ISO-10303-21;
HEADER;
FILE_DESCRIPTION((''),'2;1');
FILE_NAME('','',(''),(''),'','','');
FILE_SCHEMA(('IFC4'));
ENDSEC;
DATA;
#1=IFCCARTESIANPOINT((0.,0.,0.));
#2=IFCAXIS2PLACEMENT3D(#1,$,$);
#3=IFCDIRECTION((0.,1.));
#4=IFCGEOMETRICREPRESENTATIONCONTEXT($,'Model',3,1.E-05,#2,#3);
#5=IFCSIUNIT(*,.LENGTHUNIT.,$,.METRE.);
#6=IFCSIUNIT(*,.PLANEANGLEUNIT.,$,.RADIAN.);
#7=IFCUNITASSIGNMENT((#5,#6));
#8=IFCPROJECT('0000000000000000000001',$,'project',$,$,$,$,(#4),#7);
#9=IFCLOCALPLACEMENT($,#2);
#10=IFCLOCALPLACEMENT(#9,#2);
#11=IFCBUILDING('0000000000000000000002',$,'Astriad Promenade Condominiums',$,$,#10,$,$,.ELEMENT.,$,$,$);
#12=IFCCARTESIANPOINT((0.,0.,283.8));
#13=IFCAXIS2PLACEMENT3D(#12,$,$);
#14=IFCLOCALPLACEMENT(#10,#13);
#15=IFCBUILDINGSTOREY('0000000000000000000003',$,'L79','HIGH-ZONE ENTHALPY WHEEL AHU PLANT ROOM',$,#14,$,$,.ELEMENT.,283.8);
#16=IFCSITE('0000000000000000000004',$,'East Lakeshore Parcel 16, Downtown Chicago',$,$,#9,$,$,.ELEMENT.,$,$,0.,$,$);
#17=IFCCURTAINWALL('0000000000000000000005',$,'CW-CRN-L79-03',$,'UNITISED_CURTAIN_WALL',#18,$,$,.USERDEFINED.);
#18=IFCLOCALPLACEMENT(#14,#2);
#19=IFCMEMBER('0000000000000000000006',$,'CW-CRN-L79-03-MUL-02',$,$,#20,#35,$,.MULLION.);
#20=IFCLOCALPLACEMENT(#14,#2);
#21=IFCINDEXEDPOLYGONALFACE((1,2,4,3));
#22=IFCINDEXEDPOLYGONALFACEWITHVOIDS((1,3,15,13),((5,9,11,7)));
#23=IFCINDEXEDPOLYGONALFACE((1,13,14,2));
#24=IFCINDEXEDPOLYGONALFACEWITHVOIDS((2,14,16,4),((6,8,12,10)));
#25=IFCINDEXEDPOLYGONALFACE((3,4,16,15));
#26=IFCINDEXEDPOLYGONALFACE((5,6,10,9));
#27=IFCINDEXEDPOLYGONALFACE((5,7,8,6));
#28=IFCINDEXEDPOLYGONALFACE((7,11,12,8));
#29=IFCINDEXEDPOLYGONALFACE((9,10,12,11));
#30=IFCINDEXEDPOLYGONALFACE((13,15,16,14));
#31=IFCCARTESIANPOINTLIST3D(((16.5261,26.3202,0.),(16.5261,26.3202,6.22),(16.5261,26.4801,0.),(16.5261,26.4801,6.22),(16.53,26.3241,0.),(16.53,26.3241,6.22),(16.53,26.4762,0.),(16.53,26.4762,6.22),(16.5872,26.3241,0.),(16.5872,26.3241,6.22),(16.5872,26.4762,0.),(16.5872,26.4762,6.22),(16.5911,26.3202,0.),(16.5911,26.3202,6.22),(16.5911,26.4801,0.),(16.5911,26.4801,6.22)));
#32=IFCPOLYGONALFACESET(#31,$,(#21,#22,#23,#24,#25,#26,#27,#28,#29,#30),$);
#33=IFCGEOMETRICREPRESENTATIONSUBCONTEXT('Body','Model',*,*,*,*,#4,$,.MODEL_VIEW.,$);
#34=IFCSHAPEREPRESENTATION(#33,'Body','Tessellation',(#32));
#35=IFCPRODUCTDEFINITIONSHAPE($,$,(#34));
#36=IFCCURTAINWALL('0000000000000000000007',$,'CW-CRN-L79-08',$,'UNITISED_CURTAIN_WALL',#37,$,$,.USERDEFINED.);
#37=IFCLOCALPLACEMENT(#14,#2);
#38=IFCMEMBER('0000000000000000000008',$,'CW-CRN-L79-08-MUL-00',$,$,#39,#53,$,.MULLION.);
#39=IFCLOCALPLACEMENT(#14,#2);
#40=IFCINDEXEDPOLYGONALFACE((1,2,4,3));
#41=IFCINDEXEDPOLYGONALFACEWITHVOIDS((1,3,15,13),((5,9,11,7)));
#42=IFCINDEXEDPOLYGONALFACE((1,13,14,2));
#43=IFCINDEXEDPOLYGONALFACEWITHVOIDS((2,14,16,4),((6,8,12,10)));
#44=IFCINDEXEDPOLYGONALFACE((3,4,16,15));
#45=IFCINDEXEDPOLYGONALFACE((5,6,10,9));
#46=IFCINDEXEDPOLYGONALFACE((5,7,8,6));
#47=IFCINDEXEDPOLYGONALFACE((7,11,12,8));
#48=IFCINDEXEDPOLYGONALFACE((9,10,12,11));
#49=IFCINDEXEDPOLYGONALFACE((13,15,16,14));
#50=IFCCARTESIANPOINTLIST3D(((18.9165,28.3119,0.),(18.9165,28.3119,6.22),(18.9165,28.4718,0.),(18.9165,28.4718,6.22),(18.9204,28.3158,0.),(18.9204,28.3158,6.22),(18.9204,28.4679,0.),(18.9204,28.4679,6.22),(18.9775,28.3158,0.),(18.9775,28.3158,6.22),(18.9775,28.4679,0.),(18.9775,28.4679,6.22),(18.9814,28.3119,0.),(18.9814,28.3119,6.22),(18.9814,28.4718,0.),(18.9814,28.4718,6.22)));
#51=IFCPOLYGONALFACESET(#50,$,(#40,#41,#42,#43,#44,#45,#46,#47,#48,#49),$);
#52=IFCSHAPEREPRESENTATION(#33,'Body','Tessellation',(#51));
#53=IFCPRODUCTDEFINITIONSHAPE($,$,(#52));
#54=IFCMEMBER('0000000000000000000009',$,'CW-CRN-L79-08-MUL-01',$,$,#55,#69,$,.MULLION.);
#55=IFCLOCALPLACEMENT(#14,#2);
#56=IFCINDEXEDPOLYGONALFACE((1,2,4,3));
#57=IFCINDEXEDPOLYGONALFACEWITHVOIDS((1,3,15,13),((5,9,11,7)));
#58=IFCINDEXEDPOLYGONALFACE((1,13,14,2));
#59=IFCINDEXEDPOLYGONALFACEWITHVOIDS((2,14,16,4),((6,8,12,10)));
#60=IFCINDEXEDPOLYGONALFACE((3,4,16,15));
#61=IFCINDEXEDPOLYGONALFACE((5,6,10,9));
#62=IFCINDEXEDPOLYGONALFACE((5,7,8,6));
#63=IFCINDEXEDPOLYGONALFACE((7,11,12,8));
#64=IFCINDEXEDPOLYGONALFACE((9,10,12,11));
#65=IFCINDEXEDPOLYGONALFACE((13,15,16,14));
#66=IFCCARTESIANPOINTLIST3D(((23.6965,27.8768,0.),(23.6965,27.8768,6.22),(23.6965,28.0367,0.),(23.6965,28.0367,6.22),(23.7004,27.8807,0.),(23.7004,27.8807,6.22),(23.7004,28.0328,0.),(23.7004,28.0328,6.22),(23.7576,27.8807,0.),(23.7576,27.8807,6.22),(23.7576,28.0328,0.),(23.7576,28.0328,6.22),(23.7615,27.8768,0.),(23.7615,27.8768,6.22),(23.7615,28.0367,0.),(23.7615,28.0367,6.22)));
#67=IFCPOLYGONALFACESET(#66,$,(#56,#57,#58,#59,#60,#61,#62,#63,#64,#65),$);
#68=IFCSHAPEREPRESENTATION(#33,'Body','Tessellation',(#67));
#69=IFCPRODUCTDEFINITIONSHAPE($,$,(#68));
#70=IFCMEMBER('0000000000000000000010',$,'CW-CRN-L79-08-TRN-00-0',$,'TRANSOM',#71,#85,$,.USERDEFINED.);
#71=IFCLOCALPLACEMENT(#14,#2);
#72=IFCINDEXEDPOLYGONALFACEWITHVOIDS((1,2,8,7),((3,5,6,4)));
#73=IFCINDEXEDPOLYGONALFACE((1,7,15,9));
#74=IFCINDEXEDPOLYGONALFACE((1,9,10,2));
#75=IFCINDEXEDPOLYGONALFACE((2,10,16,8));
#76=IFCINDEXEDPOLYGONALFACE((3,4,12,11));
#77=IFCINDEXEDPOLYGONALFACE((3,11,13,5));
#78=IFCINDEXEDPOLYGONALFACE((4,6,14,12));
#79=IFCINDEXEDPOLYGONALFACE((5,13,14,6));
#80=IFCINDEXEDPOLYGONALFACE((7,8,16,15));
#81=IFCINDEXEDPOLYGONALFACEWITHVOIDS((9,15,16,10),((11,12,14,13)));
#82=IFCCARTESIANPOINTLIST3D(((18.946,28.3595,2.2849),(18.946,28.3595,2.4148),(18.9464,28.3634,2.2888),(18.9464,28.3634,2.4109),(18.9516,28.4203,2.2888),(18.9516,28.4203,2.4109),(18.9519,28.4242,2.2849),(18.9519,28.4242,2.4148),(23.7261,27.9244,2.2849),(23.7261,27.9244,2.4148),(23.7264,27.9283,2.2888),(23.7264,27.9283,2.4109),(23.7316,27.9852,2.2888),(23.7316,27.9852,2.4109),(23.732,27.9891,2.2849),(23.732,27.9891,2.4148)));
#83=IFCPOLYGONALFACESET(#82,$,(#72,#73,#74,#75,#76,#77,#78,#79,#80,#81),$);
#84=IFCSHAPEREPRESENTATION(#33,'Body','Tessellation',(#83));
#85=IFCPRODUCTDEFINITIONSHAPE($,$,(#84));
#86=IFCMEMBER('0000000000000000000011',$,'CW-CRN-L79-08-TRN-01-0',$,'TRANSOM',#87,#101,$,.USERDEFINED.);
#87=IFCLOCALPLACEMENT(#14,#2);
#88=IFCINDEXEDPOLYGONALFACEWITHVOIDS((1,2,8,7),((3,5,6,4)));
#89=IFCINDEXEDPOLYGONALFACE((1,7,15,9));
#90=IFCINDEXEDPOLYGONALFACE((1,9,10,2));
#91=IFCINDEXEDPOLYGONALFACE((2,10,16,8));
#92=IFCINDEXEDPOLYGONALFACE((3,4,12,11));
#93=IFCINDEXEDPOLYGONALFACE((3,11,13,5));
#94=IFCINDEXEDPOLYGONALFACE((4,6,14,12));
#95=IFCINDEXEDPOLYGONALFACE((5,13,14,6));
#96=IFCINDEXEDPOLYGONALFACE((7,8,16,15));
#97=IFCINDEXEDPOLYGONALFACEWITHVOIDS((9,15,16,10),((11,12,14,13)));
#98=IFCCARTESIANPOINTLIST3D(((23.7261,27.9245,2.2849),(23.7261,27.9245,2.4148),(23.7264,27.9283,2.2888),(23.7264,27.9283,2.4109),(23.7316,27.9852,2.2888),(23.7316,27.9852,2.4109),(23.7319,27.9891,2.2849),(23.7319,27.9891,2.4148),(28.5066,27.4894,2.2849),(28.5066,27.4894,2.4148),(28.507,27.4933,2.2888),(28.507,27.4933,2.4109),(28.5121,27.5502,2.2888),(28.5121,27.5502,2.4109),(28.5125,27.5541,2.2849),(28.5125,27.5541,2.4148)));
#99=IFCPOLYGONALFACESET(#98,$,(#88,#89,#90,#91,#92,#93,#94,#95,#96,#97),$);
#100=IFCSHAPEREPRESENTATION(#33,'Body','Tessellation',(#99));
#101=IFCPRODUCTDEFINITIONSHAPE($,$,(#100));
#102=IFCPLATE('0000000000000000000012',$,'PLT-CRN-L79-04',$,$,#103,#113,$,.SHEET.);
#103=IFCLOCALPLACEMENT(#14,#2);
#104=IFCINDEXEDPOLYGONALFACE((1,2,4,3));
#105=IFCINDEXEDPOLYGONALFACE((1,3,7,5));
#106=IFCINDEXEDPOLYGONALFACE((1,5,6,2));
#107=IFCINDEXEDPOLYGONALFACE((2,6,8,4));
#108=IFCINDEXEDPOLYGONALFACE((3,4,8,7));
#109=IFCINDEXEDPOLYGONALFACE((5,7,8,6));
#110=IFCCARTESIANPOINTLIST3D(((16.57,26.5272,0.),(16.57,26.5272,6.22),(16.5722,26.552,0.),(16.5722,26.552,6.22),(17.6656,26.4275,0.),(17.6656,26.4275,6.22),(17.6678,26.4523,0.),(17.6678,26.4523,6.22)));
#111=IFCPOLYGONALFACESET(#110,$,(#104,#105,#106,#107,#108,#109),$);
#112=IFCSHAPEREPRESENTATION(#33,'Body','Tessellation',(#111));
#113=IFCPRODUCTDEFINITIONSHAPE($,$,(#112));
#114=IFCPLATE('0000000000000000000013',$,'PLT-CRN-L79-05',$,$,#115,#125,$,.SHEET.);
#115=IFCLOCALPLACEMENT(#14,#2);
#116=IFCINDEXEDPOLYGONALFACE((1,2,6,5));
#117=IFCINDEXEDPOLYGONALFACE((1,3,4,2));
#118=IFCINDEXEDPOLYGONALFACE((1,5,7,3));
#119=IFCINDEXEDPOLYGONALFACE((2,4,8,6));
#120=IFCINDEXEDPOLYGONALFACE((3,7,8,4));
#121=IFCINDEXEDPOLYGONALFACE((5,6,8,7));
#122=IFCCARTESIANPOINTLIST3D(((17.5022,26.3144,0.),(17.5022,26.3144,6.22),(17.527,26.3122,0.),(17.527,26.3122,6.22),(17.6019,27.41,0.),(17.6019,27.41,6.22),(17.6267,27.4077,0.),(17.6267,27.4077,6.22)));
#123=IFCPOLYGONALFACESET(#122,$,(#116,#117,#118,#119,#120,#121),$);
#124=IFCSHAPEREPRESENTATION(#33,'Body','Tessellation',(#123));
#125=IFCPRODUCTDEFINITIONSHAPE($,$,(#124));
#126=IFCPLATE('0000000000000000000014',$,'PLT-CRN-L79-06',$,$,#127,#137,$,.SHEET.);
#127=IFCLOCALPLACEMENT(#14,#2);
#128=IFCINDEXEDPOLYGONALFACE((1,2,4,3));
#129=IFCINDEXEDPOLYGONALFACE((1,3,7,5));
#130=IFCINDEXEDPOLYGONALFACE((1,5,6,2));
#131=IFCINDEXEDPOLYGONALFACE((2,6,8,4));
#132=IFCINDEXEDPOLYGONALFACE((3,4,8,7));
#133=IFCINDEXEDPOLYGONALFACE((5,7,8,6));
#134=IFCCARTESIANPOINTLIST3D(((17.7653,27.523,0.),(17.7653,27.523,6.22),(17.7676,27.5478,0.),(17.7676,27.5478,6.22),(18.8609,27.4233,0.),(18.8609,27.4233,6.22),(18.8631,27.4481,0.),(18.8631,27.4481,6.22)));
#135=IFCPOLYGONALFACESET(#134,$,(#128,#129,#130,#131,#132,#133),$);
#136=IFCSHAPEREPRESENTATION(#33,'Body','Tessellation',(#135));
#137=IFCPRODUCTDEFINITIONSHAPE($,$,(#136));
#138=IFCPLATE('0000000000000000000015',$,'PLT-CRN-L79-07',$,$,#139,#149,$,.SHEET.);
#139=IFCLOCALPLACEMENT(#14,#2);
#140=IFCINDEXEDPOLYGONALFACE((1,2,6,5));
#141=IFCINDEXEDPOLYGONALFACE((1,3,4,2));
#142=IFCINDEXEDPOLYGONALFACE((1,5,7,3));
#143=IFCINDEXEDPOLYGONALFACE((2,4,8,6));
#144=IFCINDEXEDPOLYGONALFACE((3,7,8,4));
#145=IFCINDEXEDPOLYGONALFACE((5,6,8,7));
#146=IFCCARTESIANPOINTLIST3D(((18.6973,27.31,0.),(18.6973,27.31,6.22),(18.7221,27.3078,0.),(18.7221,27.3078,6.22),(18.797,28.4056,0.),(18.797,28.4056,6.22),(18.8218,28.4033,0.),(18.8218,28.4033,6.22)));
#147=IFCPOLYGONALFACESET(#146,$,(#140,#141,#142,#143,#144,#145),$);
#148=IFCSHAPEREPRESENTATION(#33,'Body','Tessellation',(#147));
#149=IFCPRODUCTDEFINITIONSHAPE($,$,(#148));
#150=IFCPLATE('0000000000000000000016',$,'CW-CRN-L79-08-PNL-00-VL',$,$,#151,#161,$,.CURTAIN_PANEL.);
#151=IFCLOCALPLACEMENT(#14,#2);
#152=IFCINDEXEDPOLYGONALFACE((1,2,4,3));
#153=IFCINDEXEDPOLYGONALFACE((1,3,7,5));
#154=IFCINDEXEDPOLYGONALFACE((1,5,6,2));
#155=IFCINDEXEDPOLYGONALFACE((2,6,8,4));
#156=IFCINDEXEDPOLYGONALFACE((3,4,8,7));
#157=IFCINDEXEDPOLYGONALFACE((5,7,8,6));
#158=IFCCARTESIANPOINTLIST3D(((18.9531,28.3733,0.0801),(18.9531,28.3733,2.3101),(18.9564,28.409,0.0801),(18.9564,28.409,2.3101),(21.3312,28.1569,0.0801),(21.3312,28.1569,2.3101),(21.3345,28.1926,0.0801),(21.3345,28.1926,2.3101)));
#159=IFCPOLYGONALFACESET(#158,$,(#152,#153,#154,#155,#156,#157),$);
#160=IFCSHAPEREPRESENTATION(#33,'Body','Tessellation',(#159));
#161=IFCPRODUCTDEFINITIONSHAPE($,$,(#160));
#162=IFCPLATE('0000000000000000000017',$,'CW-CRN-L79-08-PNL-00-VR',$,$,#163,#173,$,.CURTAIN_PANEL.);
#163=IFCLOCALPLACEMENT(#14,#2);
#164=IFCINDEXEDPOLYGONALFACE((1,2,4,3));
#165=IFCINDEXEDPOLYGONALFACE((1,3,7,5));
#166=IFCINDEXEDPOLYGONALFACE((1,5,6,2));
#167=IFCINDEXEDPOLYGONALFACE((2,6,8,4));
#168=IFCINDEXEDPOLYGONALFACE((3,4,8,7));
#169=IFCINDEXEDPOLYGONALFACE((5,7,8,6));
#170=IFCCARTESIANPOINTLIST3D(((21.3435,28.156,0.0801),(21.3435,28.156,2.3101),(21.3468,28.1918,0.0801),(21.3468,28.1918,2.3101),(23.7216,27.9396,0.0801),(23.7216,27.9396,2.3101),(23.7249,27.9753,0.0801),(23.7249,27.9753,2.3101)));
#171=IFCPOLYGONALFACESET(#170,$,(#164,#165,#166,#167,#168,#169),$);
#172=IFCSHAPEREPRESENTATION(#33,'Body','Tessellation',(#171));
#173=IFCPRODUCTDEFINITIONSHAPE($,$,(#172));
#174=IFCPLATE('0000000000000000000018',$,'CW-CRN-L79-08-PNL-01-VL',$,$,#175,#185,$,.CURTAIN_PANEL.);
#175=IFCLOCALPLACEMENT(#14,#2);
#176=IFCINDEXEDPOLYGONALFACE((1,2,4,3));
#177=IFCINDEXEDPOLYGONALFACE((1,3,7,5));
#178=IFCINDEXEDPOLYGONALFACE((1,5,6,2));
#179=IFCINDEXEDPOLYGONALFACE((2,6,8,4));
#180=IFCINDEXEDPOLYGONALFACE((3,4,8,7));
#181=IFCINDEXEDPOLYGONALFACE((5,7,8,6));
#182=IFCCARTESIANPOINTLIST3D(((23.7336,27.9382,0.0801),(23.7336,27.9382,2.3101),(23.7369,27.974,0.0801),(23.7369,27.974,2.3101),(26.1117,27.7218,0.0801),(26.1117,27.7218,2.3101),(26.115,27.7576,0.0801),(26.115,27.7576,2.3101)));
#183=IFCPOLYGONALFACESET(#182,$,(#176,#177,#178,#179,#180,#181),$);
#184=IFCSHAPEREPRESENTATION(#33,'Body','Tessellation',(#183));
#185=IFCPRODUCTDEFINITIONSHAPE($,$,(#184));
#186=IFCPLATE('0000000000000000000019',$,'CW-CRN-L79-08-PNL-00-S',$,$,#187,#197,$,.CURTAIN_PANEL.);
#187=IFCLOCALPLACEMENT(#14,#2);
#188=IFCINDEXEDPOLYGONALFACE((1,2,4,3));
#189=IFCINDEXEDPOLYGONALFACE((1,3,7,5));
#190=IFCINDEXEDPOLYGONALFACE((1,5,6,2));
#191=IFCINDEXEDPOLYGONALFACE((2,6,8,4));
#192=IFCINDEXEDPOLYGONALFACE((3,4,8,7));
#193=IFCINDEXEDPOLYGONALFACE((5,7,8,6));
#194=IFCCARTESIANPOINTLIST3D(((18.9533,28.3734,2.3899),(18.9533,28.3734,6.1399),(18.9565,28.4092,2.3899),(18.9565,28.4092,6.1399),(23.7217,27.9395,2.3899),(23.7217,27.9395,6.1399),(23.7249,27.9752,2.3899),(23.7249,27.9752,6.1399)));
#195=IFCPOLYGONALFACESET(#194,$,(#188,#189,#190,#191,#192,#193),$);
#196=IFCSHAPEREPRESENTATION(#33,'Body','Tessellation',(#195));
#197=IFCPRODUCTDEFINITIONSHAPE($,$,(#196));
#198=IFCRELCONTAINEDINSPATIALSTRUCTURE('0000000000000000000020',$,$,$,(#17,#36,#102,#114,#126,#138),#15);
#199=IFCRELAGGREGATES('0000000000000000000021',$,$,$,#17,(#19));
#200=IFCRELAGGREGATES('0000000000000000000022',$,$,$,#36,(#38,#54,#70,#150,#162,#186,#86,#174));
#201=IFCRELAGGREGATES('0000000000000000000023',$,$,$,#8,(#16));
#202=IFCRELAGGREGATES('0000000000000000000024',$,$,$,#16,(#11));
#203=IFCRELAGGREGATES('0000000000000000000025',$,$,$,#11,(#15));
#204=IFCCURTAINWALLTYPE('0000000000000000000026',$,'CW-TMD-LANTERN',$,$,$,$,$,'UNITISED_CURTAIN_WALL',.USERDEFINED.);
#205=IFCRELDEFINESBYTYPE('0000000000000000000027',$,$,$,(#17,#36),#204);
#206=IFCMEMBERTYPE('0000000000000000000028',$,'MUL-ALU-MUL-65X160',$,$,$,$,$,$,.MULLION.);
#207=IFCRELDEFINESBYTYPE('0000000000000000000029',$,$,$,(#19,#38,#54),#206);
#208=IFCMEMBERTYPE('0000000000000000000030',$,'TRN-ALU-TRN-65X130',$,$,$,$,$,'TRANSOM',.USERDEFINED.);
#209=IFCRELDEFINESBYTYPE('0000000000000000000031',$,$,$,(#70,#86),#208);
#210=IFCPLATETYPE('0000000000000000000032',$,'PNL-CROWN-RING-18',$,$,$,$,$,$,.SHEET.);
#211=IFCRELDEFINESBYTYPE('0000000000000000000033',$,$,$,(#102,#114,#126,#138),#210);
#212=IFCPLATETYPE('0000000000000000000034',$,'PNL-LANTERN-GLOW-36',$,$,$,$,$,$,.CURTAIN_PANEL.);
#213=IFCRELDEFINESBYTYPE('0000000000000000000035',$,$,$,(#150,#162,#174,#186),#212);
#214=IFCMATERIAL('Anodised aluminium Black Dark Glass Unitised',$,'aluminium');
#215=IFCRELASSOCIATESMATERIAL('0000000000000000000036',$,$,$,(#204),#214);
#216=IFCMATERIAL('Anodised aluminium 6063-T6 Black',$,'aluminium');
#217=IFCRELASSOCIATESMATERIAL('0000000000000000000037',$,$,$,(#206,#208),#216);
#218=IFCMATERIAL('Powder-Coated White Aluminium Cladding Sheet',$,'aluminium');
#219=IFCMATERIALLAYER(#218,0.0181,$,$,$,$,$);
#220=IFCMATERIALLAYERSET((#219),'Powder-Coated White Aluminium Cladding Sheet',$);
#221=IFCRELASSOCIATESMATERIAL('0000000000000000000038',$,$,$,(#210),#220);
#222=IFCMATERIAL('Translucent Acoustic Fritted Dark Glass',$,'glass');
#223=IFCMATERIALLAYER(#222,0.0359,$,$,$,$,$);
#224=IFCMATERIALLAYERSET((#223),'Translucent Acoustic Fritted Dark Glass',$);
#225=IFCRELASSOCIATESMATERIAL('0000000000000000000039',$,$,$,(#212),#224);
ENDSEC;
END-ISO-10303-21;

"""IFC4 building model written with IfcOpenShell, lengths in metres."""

from ifc_helpers import new_model, si_unit, direction, frame, origin, origin_2d, place, context, subcontext, project, spatial, rectangle, hollow_rectangle, extrude, source, transform, mapped, material, layer, layer_set, material_profile, profile_set, type_object, type_shapes, element, aggregate, save


model = new_model("IFC4")

# Units and contexts
model_context = context("Model", 3, precision=1e-05, world=origin(), true_north=direction((0.0, 1.0)))
body_context = subcontext(model_context, "Body", "Model", "MODEL_VIEW")
ifc_project = project(units=[si_unit("LENGTHUNIT", "METRE"), si_unit("PLANEANGLEUNIT", "RADIAN")], contexts=[model_context])

# Site, building, storey
site_placement = place(None, origin())
site = spatial("IfcSite", under=ifc_project, at=site_placement, Name="East Lakeshore Parcel 16, Downtown Chicago", CompositionType="ELEMENT", RefElevation=0.0)
building_placement = place(site_placement, origin())
building = spatial("IfcBuilding", under=site, at=building_placement, Name="Astriad Promenade Condominiums", CompositionType="ELEMENT")
storey_placement = place(building_placement, frame((0.0, 0.0, 283.8)))
storey = spatial("IfcBuildingStorey", under=building, at=storey_placement, Name="L79", Description="HIGH-ZONE ENTHALPY WHEEL AHU PLANT ROOM", CompositionType="ELEMENT", Elevation=283.8)

# Curtain wall, member
ifc_material_1 = material(Name="Anodised aluminium Black Dark Glass Unitised", Category="aluminium")
curtain_wall_type = type_object("IfcCurtainWallType", Name="CW-TMD-LANTERN", ElementType="UNITISED_CURTAIN_WALL", PredefinedType="USERDEFINED", material=ifc_material_1)
curtain_wall_1_placement = place(storey_placement, origin())
curtain_wall_1 = element("IfcCurtainWall", 1, at=curtain_wall_1_placement, inside=storey, type_object=curtain_wall_type, Name="CW-CRN-L79-03", ObjectType="UNITISED_CURTAIN_WALL", PredefinedType="USERDEFINED")
ifc_material_2 = material(Name="Anodised aluminium 6063-T6 Black", Category="aluminium")
ifc_material_profile_1 = material_profile(ifc_material_2, hollow_rectangle(XDim=0.0649, YDim=0.1599, WallThickness=0.0039, at=origin_2d()), Name="ALU-MUL-65X160")
ifc_profile_set_1 = profile_set([ifc_material_profile_1], Name="Anodised aluminium 6063-T6 Black")
member_type_1 = type_object("IfcMemberType", Name="MUL-ALU-MUL-65X160", PredefinedType="MULLION", material=ifc_profile_set_1)
shared_shape_1 = source(origin(), body_context, "Body", "SweptSolid", [
    extrude(hollow_rectangle(XDim=0.0649, YDim=0.1599, WallThickness=0.0039, at=origin_2d()), origin(), (0.0, 0.0, 1.0), 6.22),
])
type_shapes(member_type_1, [shared_shape_1])
member_1_placement = place(storey_placement, frame((16.5586, 26.4001, 0.0), z_axis=(0.0, 0.0, 1.0), x_axis=(1.0, 0.0, 0.0)))
member_1 = element("IfcMember", 2, at=member_1_placement, type_object=member_type_1, Name="CW-CRN-L79-03-MUL-02", PredefinedType="MULLION", context=body_context, shape_type="MappedRepresentation", body=[
    mapped(shared_shape_1, transform((0.0, 0.0, 0.0), scale=1.0)),
])
aggregate(curtain_wall_1, [member_1])

# Curtain wall, members
curtain_wall_2_placement = place(storey_placement, origin())
curtain_wall_2 = element("IfcCurtainWall", 3, at=curtain_wall_2_placement, inside=storey, type_object=curtain_wall_type, Name="CW-CRN-L79-08", ObjectType="UNITISED_CURTAIN_WALL", PredefinedType="USERDEFINED")
member_2_placement = place(storey_placement, frame((18.949, 28.3918, 0.0), z_axis=(0.0, 0.0, 1.0), x_axis=(1.0, 0.0, 0.0)))
member_2 = element("IfcMember", 4, at=member_2_placement, type_object=member_type_1, Name="CW-CRN-L79-08-MUL-00", PredefinedType="MULLION", context=body_context, shape_type="MappedRepresentation", body=[
    mapped(shared_shape_1, transform((0.0, 0.0, 0.0), scale=1.0)),
])
member_3_placement = place(storey_placement, frame((23.729, 27.9568, 0.0), z_axis=(0.0, 0.0, 1.0), x_axis=(1.0, 0.0, 0.0)))
member_3 = element("IfcMember", 5, at=member_3_placement, type_object=member_type_1, Name="CW-CRN-L79-08-MUL-01", PredefinedType="MULLION", context=body_context, shape_type="MappedRepresentation", body=[
    mapped(shared_shape_1, transform((0.0, 0.0, 0.0), scale=1.0)),
])
ifc_material_profile_2 = material_profile(ifc_material_2, hollow_rectangle(XDim=0.0649, YDim=0.1299, WallThickness=0.0039, at=origin_2d()), Name="ALU-TRN-65X130")
ifc_profile_set_2 = profile_set([ifc_material_profile_2], Name="Anodised aluminium 6063-T6 Black")
member_type_2 = type_object("IfcMemberType", Name="TRN-ALU-TRN-65X130", ElementType="TRANSOM", PredefinedType="USERDEFINED", material=ifc_profile_set_2)
shared_shape_2 = source(origin(), body_context, "Body", "SweptSolid", [
    extrude(hollow_rectangle(XDim=0.0649, YDim=0.1299, WallThickness=0.0039, at=origin_2d()), origin(), (0.0, 0.0, 1.0), 4.7998),
])
member_4_placement = place(storey_placement, frame((18.949, 28.3918, 2.3499), z_axis=(0.995884, -0.090641, 0.0), x_axis=(0.090641, 0.995884, 0.0)))
member_4 = element("IfcMember", 6, at=member_4_placement, type_object=member_type_2, Name="CW-CRN-L79-08-TRN-00-0", ObjectType="TRANSOM", PredefinedType="USERDEFINED", context=body_context, shape_type="MappedRepresentation", body=[
    mapped(shared_shape_2, transform((0.0, 0.0, 0.0), scale=1.0)),
])
shared_shape_3 = source(origin(), body_context, "Body", "SweptSolid", [
    extrude(hollow_rectangle(XDim=0.0649, YDim=0.1299, WallThickness=0.0039, at=origin_2d()), origin(), (0.0, 0.0, 1.0), 4.8003),
])
type_shapes(member_type_2, [shared_shape_2, shared_shape_3])
member_5_placement = place(storey_placement, frame((23.729, 27.9568, 2.3499), z_axis=(0.995884, -0.090632, 0.0), x_axis=(0.090632, 0.995884, 0.0)))
member_5 = element("IfcMember", 7, at=member_5_placement, type_object=member_type_2, Name="CW-CRN-L79-08-TRN-01-0", ObjectType="TRANSOM", PredefinedType="USERDEFINED", context=body_context, shape_type="MappedRepresentation", body=[
    mapped(shared_shape_3, transform((0.0, 0.0, 0.0), scale=1.0)),
])

# Plates
ifc_material_3 = material(Name="Powder-Coated White Aluminium Cladding Sheet", Category="aluminium")
ifc_layer_1 = layer(ifc_material_3, 0.0181)
ifc_layer_set_1 = layer_set([ifc_layer_1], Name="Powder-Coated White Aluminium Cladding Sheet")
plate_type_1 = type_object("IfcPlateType", Name="PNL-CROWN-RING-18", PredefinedType="SHEET", material=ifc_layer_set_1)
shared_shape_4 = source(origin(), body_context, "Body", "SweptSolid", [
    extrude(rectangle(XDim=1.1001, YDim=0.0249, at=origin_2d()), origin(), (0.0, 0.0, 1.0), 6.22),
])
type_shapes(plate_type_1, [shared_shape_4])
for number, where, z_axis, x_axis, name in (
    (8, (17.1189, 26.4897, 0.0), (0.0, 0.0, 1.0), (0.995884, -0.090633, 0.0), "PLT-CRN-L79-04"),
    (9, (17.5645, 26.8611, 0.0), (0.0, 0.0, 1.0), (0.090633, 0.995884, 0.0), "PLT-CRN-L79-05"),
    (10, (18.3142, 27.4856, 0.0), (0.0, 0.0, 1.0), (0.995884, -0.090633, 0.0), "PLT-CRN-L79-06"),
    (11, (18.7595, 27.8567, 0.0), (0.0, 0.0, 1.0), (0.090633, 0.995884, 0.0), "PLT-CRN-L79-07"),
):
    element("IfcPlate", number, at=place(storey_placement, frame(where, z_axis=z_axis, x_axis=x_axis)), inside=storey, type_object=plate_type_1, Name=name, PredefinedType="SHEET", context=body_context, shape_type="MappedRepresentation", body=[
        mapped(shared_shape_4, transform((0.0, 0.0, 0.0), scale=1.0)),
    ])

# Plates
ifc_material_4 = material(Name="Translucent Acoustic Fritted Dark Glass", Category="glass")
ifc_layer_2 = layer(ifc_material_4, 0.0359)
ifc_layer_set_2 = layer_set([ifc_layer_2], Name="Translucent Acoustic Fritted Dark Glass")
plate_type_2 = type_object("IfcPlateType", Name="PNL-LANTERN-GLOW-36", PredefinedType="CURTAIN_PANEL", material=ifc_layer_set_2)
shared_shape_5 = source(origin(), body_context, "Body", "SweptSolid", [
    extrude(rectangle(XDim=2.3879, YDim=0.0359, at=origin_2d()), origin(), (0.0, 0.0, 1.0), 2.23),
])
plate_1_placement = place(storey_placement, frame((20.1438, 28.283, 0.0801), z_axis=(0.0, 0.0, 1.0), x_axis=(0.995884, -0.090633, 0.0)))
plate_1 = element("IfcPlate", 12, at=plate_1_placement, type_object=plate_type_2, Name="CW-CRN-L79-08-PNL-00-VL", PredefinedType="CURTAIN_PANEL", context=body_context, shape_type="MappedRepresentation", body=[
    mapped(shared_shape_5, transform((0.0, 0.0, 0.0), scale=1.0)),
])
plate_2_placement = place(storey_placement, frame((22.5342, 28.0657, 0.0801), z_axis=(0.0, 0.0, 1.0), x_axis=(0.995884, -0.090633, 0.0)))
plate_2 = element("IfcPlate", 13, at=plate_2_placement, type_object=plate_type_2, Name="CW-CRN-L79-08-PNL-00-VR", PredefinedType="CURTAIN_PANEL", context=body_context, shape_type="MappedRepresentation", body=[
    mapped(shared_shape_5, transform((0.0, 0.0, 0.0), scale=1.0)),
])
plate_3_placement = place(storey_placement, frame((24.9243, 27.8479, 0.0801), z_axis=(0.0, 0.0, 1.0), x_axis=(0.995884, -0.090633, 0.0)))
plate_3 = element("IfcPlate", 14, at=plate_3_placement, type_object=plate_type_2, Name="CW-CRN-L79-08-PNL-01-VL", PredefinedType="CURTAIN_PANEL", context=body_context, shape_type="MappedRepresentation", body=[
    mapped(shared_shape_5, transform((0.0, 0.0, 0.0), scale=1.0)),
])
shared_shape_6 = source(origin(), body_context, "Body", "SweptSolid", [
    extrude(rectangle(XDim=4.7881, YDim=0.0359, at=origin_2d()), origin(), (0.0, 0.0, 1.0), 3.75),
])
type_shapes(plate_type_2, [shared_shape_5, shared_shape_6])
plate_4_placement = place(storey_placement, frame((21.3391, 28.1743, 2.3899), z_axis=(0.0, 0.0, 1.0), x_axis=(0.995884, -0.090633, 0.0)))
plate_4 = element("IfcPlate", 15, at=plate_4_placement, type_object=plate_type_2, Name="CW-CRN-L79-08-PNL-00-S", PredefinedType="CURTAIN_PANEL", context=body_context, shape_type="MappedRepresentation", body=[
    mapped(shared_shape_6, transform((0.0, 0.0, 0.0), scale=1.0)),
])
aggregate(curtain_wall_2, [member_2, member_3, member_4, plate_1, plate_2, plate_4, member_5, plate_3])

save(model, "model.ifc")
